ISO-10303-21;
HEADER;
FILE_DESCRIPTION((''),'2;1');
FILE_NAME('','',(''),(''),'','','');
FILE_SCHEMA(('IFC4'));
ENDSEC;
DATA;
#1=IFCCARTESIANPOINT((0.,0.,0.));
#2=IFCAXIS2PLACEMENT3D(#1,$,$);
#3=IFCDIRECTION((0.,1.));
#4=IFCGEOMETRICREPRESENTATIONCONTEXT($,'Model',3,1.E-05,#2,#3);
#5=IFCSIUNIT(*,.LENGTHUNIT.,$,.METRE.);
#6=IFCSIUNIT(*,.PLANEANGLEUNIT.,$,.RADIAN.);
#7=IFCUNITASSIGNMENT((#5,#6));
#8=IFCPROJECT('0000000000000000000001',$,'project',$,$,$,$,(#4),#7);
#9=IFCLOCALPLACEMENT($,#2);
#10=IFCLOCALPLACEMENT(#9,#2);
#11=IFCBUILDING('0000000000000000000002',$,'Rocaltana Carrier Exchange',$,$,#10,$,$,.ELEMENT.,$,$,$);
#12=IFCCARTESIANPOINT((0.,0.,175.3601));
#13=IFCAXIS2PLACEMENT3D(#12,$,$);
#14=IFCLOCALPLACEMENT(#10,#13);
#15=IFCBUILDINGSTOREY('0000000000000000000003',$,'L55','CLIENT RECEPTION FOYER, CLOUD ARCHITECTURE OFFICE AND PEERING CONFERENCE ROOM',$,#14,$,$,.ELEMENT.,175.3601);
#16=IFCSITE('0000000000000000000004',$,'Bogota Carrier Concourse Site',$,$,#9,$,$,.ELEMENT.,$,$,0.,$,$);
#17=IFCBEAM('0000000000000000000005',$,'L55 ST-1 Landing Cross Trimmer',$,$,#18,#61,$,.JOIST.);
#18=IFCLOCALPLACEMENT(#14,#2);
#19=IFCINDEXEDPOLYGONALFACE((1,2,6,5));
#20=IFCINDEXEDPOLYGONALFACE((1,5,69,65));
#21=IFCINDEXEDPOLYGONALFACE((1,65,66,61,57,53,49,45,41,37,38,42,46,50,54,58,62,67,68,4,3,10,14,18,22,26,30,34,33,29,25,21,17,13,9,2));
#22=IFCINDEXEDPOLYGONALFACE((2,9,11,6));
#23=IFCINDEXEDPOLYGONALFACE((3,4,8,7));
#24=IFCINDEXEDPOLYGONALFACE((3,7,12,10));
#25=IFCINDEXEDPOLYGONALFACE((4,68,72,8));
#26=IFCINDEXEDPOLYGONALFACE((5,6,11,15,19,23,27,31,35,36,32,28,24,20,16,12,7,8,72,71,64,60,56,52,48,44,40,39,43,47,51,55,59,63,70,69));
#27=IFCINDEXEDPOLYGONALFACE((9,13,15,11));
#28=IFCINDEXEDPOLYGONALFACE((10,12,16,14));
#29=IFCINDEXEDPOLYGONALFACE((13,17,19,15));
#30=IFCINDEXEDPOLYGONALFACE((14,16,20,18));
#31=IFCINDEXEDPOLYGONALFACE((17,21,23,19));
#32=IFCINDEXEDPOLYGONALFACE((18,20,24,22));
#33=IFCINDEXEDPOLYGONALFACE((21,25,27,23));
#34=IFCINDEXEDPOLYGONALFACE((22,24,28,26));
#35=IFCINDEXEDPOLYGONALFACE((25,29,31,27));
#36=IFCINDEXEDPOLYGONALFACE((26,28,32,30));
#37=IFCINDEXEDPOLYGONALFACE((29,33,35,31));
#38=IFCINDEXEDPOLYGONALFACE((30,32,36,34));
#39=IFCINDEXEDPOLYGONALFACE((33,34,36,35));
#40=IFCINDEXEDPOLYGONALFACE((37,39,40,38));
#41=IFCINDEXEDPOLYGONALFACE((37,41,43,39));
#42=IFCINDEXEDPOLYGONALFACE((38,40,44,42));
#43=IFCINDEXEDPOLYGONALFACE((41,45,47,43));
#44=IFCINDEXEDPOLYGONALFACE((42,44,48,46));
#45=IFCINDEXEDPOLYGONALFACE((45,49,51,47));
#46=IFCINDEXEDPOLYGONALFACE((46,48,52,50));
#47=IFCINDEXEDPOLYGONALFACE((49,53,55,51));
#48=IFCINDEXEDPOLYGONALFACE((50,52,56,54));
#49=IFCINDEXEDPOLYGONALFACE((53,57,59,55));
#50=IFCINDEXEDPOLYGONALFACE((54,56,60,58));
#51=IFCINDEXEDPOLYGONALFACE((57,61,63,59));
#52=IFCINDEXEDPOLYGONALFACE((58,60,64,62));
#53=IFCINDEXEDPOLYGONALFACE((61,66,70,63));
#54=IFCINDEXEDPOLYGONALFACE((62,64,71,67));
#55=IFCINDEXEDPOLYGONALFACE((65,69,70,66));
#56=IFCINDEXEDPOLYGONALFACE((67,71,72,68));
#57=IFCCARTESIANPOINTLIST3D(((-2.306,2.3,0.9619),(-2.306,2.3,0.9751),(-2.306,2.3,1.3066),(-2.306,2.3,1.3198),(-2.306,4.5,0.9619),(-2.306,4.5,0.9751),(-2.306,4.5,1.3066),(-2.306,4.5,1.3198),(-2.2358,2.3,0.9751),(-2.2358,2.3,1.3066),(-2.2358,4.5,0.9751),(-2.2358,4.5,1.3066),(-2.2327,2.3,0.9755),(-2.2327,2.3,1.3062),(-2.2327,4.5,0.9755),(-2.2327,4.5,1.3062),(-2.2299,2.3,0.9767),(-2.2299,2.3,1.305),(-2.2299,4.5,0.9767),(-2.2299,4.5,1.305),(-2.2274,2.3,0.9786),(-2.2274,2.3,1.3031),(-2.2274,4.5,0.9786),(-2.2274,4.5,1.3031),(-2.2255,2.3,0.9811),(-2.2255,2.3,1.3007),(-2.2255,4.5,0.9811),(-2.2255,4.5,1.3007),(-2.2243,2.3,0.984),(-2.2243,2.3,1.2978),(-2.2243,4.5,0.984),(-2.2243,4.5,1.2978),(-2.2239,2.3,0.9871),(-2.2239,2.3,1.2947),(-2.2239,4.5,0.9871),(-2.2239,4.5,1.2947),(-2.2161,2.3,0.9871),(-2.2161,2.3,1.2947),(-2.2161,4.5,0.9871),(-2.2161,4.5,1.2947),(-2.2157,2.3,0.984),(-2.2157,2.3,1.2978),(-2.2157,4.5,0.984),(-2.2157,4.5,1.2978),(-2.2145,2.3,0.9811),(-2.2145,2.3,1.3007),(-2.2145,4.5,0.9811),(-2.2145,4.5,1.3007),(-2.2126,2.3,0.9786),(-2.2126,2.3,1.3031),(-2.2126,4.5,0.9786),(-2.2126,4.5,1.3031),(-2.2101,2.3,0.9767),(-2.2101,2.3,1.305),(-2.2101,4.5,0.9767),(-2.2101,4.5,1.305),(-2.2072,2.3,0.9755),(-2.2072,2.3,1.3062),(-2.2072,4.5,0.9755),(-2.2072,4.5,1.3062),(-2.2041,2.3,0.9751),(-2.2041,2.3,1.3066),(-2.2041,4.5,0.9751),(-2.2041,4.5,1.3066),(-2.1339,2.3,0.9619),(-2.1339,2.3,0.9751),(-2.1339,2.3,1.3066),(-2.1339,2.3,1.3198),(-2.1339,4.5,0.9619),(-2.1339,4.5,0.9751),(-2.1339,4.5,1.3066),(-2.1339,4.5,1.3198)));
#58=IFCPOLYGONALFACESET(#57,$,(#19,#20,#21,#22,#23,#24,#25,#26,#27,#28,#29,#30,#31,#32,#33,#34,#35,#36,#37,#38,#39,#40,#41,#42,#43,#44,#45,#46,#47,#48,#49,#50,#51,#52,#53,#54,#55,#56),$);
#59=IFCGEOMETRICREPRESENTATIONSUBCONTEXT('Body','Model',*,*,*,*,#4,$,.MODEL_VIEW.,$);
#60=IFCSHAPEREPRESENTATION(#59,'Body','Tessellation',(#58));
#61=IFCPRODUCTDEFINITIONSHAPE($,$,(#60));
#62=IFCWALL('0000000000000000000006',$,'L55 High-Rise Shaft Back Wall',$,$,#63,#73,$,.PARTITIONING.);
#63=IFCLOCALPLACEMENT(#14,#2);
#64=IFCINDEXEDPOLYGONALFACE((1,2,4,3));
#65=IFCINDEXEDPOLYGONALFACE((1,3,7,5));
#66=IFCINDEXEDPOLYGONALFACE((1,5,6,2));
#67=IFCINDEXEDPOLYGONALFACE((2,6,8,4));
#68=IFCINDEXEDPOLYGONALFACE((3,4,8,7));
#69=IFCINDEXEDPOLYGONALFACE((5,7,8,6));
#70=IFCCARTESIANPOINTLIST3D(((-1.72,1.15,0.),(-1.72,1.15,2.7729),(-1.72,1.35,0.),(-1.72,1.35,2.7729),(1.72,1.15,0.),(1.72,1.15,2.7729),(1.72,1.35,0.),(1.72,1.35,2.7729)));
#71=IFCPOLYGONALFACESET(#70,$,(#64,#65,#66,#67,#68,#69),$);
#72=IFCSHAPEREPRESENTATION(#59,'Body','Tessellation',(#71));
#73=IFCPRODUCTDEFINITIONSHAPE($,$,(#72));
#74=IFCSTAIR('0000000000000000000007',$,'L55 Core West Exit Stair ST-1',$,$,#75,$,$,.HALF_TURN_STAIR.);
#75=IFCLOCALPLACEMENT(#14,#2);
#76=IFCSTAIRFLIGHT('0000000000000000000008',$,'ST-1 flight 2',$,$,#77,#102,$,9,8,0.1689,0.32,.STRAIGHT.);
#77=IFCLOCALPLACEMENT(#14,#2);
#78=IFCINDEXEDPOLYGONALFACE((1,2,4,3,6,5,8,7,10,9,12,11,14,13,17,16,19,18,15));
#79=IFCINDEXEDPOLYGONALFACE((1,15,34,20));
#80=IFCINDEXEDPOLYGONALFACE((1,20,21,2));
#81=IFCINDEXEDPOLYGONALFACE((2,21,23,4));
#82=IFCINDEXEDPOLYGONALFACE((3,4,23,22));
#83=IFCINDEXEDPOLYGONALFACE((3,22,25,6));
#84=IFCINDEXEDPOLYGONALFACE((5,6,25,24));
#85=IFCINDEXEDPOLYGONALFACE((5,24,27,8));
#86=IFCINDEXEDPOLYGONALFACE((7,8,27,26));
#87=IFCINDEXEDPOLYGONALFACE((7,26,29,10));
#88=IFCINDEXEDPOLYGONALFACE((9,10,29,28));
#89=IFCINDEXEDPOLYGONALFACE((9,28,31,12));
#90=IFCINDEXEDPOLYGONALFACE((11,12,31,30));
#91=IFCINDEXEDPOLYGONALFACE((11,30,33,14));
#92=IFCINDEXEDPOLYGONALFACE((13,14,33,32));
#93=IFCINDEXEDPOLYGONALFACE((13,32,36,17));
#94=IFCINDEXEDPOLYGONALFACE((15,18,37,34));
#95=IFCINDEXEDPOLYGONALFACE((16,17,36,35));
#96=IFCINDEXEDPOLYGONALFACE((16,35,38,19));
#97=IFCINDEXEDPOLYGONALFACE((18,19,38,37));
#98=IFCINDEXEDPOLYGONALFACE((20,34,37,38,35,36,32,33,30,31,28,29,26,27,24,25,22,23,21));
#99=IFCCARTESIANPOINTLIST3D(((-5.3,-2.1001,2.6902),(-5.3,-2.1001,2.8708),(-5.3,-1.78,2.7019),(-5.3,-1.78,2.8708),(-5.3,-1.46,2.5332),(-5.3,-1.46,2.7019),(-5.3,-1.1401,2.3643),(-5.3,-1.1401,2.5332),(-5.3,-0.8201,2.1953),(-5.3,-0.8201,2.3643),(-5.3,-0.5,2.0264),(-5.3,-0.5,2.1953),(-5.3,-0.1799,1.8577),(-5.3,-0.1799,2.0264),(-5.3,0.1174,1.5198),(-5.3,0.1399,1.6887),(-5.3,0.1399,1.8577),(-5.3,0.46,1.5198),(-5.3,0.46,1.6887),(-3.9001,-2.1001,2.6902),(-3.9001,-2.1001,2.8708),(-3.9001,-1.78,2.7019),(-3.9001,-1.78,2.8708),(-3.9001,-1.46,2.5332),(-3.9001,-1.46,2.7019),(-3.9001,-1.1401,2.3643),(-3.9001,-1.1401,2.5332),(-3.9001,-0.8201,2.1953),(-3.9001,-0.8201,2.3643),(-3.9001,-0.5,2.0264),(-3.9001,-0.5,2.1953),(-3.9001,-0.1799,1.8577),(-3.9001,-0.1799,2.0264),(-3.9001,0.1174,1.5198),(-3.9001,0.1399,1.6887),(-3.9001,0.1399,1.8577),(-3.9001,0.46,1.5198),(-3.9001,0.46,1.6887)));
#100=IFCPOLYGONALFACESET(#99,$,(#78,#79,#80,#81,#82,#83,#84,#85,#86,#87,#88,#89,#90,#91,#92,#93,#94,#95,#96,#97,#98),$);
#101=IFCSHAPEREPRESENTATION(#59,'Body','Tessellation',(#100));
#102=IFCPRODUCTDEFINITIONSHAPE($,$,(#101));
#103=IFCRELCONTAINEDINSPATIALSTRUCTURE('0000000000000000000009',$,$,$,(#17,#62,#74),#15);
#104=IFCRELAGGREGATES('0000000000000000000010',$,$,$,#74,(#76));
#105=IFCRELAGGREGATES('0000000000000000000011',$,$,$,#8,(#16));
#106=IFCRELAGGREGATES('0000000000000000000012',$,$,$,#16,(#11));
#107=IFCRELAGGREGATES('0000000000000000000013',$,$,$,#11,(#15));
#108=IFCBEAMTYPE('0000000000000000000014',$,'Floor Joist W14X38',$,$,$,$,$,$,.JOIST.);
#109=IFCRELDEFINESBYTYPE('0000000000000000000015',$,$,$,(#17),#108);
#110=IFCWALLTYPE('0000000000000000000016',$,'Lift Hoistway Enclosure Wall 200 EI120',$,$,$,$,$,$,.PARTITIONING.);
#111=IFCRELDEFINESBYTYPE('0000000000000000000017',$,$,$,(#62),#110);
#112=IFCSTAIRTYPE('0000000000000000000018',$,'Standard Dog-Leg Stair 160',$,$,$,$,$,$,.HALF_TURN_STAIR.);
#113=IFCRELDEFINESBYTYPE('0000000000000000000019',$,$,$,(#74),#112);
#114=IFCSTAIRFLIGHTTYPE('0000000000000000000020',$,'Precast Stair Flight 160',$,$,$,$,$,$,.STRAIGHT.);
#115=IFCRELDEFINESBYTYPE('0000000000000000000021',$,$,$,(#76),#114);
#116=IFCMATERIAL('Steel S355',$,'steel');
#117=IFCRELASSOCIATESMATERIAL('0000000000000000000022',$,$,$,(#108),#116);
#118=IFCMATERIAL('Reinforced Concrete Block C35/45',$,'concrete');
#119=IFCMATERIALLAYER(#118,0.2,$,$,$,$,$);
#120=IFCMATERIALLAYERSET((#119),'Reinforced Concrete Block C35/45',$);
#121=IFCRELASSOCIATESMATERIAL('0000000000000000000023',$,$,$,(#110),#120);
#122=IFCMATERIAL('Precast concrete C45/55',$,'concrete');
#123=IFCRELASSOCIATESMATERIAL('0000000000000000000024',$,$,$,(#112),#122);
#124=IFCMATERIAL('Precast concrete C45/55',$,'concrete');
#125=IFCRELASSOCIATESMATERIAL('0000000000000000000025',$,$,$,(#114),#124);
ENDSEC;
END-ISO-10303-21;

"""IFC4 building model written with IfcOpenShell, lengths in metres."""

from ifc_helpers import new_model, si_unit, direction, frame, frame_2d, origin, origin_2d, place, context, subcontext, project, spatial, polyline, rectangle, i_section, outline, extrude, material, layer, layer_set, material_profile, profile_set, type_object, element, aggregate, save


model = new_model("IFC4")

# Units and contexts
model_context = context("Model", 3, precision=1e-05, world=origin(), true_north=direction((0.0, 1.0)))
body_context = subcontext(model_context, "Body", "Model", "MODEL_VIEW")
ifc_project = project(units=[si_unit("LENGTHUNIT", "METRE"), si_unit("PLANEANGLEUNIT", "RADIAN")], contexts=[model_context])

# Site, building, storey
site_placement = place(None, origin())
site = spatial("IfcSite", under=ifc_project, at=site_placement, Name="Bogota Carrier Concourse Site", CompositionType="ELEMENT", RefElevation=0.0)
building_placement = place(site_placement, origin())
building = spatial("IfcBuilding", under=site, at=building_placement, Name="Rocaltana Carrier Exchange", CompositionType="ELEMENT")
storey_placement = place(building_placement, frame((0.0, 0.0, 175.3601)))
storey = spatial("IfcBuildingStorey", under=building, at=storey_placement, Name="L55", Description="CLIENT RECEPTION FOYER, CLOUD ARCHITECTURE OFFICE AND PEERING CONFERENCE ROOM", CompositionType="ELEMENT", Elevation=175.3601)

# Beam
ifc_material_1 = material(Name="Steel S355", Category="steel")
ifc_material_profile = material_profile(ifc_material_1, i_section(OverallWidth=0.1721, OverallDepth=0.3579, WebThickness=0.0078, FlangeThickness=0.0132, FilletRadius=0.012, at=origin_2d()), Name="W14X38")
ifc_profile_set = profile_set([ifc_material_profile], Name="Steel S355")
beam_type = type_object("IfcBeamType", Name="Floor Joist W14X38", PredefinedType="JOIST", material=ifc_profile_set)
beam_placement = place(storey_placement, frame((-2.22, 2.3, 1.1409), z_axis=(0.0, 1.0, 0.0), x_axis=(-1.0, 0.0, 0.0)))
element("IfcBeam", 1, at=beam_placement, inside=storey, type_object=beam_type, Name="L55 ST-1 Landing Cross Trimmer", PredefinedType="JOIST", context=body_context, shape_type="SweptSolid", body=[
    extrude(i_section(OverallWidth=0.1721, OverallDepth=0.3579, WebThickness=0.0078, FlangeThickness=0.0132, FilletRadius=0.012, at=origin_2d()), origin(), (0.0, 0.0, 1.0), 2.2),
])

# Wall
ifc_material_2 = material(Name="Reinforced Concrete Block C35/45", Category="concrete")
ifc_layer_1 = layer(ifc_material_2, 0.2)
ifc_layer_set_1 = layer_set([ifc_layer_1], Name="Reinforced Concrete Block C35/45")
wall_type = type_object("IfcWallType", Name="Lift Hoistway Enclosure Wall 200 EI120", PredefinedType="PARTITIONING", material=ifc_layer_set_1)
wall_placement = place(storey_placement, frame((-1.72, 1.25, 0.0), z_axis=(0.0, 0.0, 1.0), x_axis=(1.0, 0.0, 0.0)))
element("IfcWall", 2, at=wall_placement, inside=storey, type_object=wall_type, Name="L55 High-Rise Shaft Back Wall", PredefinedType="PARTITIONING", context=body_context, shape_type="SweptSolid", body=[
    extrude(rectangle(XDim=3.4399, YDim=0.2, at=frame_2d((1.72, 0.0))), origin(), (0.0, 0.0, 1.0), 2.7729),
])

# Stair, stair flight
ifc_material_3 = material(Name="Precast concrete C45/55", Category="concrete")
stair_type = type_object("IfcStairType", Name="Standard Dog-Leg Stair 160", PredefinedType="HALF_TURN_STAIR", material=ifc_material_3)
stair_placement = place(storey_placement, origin())
stair = element("IfcStair", 3, at=stair_placement, inside=storey, type_object=stair_type, Name="L55 Core West Exit Stair ST-1", PredefinedType="HALF_TURN_STAIR")
ifc_material_4 = material(Name="Precast concrete C45/55", Category="concrete")
stair_flight_type = type_object("IfcStairFlightType", Name="Precast Stair Flight 160", PredefinedType="STRAIGHT", material=ifc_material_4)
stair_flight_placement = place(storey_placement, frame((-4.6001, 0.46, 1.5198), z_axis=(0.0, 0.0, 1.0), x_axis=(0.0, -1.0, 0.0)))
stair_flight = element("IfcStairFlight", 4, at=stair_flight_placement, type_object=stair_flight_type, Name="ST-1 flight 2", NumberOfRisers=9, NumberOfTreads=8, PredefinedType="STRAIGHT", RiserHeight=0.1689, TreadLength=0.32, context=body_context, shape_type="SweptSolid", body=[
    extrude(outline(polyline([(0.0, 0.0), (0.0, 0.1689), (0.3201, 0.1689), (0.3201, 0.3379), (0.6399, 0.3379), (0.6399, 0.5066), (0.96, 0.5066), (0.96, 0.6755), (1.28, 0.6755), (1.28, 0.8445), (1.6001, 0.8445), (1.6001, 1.0134), (1.9199, 1.0134), (1.9199, 1.1821), (2.24, 1.1821), (2.24, 1.3511), (2.5601, 1.3511), (2.5601, 1.52), (2.5601, 1.1704), (0.3425, 0.0), (0.0, 0.0)])), frame((0.0, 0.7, 0.0), z_axis=(0.0, -1.0, 0.0), x_axis=(1.0, 0.0, 0.0)), (0.0, 0.0, 1.0), 1.3999),
])
aggregate(stair, [stair_flight])

save(model, "model.ifc")
